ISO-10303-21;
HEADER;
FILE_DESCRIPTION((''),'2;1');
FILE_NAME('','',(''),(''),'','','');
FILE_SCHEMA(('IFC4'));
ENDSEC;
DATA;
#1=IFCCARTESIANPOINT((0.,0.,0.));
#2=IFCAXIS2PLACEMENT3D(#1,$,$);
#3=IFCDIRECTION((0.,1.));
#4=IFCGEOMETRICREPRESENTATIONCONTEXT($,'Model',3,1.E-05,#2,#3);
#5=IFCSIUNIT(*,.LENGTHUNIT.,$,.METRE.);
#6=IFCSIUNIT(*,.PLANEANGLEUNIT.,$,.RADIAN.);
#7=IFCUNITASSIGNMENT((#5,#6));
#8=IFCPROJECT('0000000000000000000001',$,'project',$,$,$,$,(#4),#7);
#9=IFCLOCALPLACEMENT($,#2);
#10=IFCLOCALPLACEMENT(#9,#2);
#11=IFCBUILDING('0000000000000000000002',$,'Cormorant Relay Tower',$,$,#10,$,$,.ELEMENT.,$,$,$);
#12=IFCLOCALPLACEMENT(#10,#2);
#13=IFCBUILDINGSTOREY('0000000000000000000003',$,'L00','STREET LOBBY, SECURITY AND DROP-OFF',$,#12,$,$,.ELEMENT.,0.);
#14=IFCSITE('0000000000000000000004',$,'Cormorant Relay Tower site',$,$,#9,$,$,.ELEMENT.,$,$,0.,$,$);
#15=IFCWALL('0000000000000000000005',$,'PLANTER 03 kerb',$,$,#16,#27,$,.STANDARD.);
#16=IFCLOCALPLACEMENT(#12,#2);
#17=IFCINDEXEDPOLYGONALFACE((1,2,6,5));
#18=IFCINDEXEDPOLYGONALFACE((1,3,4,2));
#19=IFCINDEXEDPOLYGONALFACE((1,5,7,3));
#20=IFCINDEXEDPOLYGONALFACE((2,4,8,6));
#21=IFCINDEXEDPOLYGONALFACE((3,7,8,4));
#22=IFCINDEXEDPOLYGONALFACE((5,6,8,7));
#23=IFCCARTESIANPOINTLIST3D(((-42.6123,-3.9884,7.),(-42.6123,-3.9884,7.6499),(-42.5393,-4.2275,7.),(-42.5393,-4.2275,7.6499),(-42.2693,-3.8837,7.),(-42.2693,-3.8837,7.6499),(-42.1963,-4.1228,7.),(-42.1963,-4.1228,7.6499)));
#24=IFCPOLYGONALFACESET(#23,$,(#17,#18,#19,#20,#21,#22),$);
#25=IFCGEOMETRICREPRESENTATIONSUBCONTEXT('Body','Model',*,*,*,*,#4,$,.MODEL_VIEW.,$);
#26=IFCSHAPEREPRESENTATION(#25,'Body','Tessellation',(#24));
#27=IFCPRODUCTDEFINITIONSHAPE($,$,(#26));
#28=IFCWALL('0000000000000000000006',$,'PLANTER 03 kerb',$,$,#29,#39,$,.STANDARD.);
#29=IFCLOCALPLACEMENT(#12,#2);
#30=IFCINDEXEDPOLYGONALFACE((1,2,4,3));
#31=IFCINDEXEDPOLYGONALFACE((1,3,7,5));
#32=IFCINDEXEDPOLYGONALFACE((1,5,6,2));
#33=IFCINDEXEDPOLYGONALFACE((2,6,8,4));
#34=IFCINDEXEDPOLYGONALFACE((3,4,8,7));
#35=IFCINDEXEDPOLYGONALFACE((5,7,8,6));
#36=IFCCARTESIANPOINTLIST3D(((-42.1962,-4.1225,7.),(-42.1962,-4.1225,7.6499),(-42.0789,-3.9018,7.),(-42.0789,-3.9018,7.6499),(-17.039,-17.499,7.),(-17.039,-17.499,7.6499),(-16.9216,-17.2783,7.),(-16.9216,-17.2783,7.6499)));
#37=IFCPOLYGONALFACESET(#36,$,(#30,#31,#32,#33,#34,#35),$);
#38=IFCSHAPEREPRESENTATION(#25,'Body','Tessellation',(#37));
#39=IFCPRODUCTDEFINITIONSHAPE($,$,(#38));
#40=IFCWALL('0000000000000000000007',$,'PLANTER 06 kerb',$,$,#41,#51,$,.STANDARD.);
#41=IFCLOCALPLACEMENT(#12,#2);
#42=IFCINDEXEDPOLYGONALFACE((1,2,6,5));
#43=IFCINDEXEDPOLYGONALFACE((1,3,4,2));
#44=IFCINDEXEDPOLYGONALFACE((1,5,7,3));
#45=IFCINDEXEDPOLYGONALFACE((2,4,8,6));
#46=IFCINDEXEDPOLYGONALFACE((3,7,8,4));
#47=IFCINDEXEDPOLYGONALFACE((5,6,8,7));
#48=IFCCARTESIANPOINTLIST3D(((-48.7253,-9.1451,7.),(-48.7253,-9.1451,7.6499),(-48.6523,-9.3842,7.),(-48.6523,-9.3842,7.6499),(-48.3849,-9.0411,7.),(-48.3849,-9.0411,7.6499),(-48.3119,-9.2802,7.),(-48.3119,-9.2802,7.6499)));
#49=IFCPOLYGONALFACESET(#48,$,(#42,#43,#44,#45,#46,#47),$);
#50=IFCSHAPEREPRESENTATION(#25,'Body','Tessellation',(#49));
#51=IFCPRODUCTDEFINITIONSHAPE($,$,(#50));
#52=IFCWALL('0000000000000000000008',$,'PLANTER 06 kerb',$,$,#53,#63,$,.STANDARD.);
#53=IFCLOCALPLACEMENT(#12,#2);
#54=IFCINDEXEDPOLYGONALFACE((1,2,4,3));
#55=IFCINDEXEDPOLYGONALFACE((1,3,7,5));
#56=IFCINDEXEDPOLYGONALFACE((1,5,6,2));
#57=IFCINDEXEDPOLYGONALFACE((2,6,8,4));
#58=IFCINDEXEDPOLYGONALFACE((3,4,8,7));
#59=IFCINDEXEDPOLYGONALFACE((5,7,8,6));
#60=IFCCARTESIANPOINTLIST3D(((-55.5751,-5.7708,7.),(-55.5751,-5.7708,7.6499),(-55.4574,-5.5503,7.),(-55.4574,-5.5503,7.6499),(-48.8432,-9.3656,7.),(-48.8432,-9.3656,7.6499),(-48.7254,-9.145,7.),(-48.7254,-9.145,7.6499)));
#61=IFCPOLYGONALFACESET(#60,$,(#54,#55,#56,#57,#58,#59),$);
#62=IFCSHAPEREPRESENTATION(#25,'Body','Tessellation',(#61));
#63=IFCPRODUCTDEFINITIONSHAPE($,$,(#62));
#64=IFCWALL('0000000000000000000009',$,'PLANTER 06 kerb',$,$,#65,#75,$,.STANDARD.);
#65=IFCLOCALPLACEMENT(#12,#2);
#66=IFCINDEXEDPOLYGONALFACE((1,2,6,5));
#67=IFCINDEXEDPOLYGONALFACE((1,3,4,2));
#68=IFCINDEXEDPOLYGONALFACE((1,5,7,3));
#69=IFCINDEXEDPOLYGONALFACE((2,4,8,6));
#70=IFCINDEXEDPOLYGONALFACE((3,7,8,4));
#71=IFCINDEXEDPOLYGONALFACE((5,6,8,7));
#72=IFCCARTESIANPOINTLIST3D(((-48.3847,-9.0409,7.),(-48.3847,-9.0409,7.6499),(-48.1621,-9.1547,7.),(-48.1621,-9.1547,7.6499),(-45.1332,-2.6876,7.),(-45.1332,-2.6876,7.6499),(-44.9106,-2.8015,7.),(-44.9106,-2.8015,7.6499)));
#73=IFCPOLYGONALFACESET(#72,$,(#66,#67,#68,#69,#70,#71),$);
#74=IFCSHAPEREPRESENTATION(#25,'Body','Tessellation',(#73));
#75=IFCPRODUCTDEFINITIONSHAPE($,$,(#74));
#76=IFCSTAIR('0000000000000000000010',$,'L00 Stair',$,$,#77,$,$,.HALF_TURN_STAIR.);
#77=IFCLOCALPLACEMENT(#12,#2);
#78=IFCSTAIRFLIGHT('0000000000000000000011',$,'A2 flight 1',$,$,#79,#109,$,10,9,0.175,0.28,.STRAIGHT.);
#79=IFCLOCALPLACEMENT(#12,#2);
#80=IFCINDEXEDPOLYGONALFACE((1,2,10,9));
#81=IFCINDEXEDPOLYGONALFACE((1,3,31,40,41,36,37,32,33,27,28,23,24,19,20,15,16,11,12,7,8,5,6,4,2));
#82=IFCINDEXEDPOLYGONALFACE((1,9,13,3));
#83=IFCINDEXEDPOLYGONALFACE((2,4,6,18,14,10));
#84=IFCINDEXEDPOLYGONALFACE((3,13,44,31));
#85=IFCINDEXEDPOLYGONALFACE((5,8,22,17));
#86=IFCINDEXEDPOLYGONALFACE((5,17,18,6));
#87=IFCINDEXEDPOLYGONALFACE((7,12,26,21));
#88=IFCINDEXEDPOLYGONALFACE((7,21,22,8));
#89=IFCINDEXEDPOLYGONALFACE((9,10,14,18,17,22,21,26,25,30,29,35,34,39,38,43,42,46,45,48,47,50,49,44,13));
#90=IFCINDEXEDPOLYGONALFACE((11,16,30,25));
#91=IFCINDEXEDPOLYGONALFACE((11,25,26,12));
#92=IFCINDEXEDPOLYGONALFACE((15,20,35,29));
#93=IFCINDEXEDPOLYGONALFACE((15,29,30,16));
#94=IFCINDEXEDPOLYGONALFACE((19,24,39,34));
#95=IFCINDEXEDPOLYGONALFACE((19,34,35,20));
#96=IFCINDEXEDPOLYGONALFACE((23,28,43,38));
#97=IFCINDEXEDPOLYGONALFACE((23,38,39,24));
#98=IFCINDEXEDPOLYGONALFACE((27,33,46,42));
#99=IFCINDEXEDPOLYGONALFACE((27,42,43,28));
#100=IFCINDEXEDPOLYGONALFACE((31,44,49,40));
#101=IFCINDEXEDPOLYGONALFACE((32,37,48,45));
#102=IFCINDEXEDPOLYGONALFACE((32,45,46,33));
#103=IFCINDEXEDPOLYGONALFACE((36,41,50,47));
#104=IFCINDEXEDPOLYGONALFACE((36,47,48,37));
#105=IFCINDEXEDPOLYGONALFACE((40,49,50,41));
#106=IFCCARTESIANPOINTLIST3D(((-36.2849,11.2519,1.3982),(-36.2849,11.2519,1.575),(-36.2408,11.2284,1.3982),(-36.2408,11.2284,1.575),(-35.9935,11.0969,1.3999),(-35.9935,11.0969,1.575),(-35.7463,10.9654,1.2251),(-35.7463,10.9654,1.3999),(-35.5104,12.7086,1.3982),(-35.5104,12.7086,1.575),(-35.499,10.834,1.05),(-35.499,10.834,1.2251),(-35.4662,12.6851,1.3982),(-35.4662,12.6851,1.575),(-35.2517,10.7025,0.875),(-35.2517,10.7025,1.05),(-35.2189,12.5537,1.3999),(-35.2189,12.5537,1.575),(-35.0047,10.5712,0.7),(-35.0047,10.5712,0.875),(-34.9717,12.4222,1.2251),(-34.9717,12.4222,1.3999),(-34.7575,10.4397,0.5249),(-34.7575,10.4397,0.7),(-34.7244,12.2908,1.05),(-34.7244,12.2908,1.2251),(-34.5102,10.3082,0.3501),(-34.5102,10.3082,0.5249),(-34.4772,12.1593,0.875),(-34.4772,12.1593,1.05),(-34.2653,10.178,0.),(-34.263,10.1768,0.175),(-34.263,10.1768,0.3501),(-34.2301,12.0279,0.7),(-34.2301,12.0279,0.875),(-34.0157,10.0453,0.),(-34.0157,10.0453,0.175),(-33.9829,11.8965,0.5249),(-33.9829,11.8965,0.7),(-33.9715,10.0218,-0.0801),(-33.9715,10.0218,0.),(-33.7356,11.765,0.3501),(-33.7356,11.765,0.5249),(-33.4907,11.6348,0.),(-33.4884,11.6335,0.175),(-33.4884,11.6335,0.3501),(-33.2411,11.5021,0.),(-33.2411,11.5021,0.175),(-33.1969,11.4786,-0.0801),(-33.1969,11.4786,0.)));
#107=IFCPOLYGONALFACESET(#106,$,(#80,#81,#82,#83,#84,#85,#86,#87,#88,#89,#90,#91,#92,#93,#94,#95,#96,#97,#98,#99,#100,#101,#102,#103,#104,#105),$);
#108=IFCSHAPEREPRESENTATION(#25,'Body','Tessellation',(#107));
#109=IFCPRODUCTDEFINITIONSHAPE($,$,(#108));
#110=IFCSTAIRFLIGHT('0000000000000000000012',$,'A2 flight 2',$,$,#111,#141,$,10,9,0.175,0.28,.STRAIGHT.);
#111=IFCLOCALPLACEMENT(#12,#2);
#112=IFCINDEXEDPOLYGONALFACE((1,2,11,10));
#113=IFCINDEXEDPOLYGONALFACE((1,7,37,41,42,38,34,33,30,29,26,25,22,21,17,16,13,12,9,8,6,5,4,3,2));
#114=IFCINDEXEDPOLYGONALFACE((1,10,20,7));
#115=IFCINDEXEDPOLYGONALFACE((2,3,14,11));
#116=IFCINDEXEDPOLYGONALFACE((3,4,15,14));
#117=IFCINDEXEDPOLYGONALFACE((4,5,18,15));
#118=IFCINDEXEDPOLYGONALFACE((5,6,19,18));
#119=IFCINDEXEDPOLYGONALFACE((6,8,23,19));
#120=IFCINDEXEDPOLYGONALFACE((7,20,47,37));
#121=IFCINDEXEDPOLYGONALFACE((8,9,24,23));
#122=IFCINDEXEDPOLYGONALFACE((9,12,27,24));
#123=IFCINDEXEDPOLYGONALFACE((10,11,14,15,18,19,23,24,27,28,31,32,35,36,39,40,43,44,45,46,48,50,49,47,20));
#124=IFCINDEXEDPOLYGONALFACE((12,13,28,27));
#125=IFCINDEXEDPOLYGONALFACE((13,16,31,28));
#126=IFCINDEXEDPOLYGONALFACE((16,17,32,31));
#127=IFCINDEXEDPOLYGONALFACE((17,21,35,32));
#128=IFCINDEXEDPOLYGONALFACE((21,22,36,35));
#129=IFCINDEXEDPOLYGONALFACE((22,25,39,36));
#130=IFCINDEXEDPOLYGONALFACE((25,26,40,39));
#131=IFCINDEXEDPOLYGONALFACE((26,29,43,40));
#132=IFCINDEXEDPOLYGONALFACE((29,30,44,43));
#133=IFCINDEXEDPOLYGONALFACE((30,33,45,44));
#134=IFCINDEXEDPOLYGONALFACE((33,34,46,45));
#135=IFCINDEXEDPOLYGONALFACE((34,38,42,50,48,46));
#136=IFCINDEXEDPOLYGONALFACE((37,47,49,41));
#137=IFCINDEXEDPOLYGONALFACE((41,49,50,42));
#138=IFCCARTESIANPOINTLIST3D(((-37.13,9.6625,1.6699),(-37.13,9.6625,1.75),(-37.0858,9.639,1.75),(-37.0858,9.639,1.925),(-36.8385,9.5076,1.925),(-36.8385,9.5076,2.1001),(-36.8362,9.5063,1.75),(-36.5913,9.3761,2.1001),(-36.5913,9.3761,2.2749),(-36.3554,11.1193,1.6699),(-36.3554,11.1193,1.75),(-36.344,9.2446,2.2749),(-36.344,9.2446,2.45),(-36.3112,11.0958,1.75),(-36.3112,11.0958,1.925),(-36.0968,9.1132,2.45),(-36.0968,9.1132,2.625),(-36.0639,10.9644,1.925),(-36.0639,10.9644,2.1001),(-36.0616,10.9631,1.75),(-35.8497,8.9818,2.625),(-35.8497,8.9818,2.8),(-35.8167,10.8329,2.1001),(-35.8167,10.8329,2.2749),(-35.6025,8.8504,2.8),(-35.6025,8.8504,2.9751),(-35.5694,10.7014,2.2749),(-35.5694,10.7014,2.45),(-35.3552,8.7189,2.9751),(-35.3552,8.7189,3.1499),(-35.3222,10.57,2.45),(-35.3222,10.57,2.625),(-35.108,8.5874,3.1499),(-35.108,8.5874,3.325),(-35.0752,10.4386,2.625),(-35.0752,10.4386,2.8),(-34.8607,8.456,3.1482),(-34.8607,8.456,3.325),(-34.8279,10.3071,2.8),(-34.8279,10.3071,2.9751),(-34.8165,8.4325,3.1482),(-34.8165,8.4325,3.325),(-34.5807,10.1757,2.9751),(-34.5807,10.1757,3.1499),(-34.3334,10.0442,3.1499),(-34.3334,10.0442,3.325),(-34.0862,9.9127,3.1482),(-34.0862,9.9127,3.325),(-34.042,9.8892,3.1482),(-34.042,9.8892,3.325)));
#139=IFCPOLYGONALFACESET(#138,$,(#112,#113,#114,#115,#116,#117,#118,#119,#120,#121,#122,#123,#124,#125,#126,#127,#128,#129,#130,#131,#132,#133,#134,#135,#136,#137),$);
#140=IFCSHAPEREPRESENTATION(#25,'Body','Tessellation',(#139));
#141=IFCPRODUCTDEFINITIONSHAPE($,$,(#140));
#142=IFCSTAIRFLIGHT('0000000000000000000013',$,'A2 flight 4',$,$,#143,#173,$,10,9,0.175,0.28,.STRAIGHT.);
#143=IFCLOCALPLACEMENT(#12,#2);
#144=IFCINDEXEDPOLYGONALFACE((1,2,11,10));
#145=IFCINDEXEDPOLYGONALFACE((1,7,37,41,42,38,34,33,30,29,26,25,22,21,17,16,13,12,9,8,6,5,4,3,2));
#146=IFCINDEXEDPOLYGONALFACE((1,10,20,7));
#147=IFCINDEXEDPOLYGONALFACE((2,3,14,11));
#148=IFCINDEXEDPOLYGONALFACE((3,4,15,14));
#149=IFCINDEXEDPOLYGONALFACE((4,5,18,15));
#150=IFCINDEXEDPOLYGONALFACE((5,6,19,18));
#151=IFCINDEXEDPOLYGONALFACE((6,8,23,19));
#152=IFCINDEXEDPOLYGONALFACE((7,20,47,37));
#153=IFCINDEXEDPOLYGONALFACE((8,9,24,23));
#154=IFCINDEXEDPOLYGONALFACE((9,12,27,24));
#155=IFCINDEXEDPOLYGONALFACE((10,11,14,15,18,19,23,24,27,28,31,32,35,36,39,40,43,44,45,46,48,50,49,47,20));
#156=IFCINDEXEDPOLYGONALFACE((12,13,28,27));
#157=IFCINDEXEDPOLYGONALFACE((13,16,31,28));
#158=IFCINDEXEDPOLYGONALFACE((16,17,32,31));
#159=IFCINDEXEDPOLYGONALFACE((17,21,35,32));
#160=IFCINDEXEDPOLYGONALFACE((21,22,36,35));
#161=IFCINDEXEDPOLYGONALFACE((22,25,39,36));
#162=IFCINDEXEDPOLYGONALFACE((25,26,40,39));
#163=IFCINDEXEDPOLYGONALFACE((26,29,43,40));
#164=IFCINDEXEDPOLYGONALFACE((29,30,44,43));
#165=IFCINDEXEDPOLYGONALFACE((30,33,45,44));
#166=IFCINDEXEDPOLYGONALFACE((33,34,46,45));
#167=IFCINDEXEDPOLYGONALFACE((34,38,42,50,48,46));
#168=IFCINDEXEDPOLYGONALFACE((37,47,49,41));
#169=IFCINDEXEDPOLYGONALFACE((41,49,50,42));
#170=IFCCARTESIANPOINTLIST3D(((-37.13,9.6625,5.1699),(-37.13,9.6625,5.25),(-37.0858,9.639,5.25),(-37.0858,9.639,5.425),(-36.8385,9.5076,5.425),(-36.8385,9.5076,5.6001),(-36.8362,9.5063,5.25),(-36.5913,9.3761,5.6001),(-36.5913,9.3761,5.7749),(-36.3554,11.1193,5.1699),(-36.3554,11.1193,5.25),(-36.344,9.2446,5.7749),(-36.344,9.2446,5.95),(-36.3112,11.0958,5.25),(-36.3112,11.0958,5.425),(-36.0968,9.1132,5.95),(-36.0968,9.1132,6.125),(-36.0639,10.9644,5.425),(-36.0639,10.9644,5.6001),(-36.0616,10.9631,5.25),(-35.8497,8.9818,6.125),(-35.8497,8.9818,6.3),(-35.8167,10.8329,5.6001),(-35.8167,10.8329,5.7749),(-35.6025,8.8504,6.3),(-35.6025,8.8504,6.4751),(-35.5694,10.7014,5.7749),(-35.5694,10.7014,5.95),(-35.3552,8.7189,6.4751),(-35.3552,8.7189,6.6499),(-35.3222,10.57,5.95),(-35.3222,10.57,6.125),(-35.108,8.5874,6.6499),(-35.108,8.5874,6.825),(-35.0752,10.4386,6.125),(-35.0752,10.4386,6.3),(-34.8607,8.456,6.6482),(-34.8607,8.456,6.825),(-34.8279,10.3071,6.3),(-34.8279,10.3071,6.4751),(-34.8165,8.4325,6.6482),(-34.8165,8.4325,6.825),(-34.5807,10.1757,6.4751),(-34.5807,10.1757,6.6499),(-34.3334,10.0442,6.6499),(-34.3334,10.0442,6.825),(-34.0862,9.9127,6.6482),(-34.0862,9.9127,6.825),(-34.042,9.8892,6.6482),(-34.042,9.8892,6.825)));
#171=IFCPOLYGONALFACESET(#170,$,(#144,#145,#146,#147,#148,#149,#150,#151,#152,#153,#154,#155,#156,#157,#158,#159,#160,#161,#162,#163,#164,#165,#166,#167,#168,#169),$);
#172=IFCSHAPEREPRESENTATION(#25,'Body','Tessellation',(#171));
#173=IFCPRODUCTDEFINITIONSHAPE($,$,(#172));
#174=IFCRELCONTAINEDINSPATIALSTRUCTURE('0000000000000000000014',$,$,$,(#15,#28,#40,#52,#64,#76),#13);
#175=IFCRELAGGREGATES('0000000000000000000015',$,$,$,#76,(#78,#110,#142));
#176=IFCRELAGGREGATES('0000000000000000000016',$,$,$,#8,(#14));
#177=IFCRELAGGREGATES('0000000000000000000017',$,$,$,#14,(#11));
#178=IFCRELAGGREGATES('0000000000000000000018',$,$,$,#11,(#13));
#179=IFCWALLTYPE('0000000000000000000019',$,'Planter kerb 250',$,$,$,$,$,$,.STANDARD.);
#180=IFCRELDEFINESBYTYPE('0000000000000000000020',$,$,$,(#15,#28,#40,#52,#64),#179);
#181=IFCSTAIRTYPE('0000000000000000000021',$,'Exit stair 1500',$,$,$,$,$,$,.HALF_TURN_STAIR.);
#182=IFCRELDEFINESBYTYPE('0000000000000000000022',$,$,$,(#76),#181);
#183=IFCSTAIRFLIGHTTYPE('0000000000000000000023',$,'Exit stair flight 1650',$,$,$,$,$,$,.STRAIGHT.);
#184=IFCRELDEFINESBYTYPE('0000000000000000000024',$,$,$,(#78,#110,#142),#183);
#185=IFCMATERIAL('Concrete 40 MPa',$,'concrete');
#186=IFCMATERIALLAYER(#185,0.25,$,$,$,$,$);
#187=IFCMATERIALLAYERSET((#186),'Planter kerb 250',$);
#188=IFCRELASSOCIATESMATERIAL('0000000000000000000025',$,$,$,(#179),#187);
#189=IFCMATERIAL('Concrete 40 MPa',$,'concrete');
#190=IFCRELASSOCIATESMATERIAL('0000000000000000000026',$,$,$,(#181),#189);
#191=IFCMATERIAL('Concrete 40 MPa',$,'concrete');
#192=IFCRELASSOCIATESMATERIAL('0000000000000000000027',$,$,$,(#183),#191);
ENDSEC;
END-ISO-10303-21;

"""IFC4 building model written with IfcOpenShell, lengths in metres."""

from ifc_helpers import new_model, si_unit, direction, frame, frame_2d, origin, place, context, subcontext, project, spatial, polyline, rectangle, outline, extrude, material, layer, layer_set, type_object, element, aggregate, save


model = new_model("IFC4")

# Units and contexts
model_context = context("Model", 3, precision=1e-05, world=origin(), true_north=direction((0.0, 1.0)))
body_context = subcontext(model_context, "Body", "Model", "MODEL_VIEW")
ifc_project = project(units=[si_unit("LENGTHUNIT", "METRE"), si_unit("PLANEANGLEUNIT", "RADIAN")], contexts=[model_context])

# Site, building, storey
site_placement = place(None, origin())
site = spatial("IfcSite", under=ifc_project, at=site_placement, Name="Cormorant Relay Tower site", CompositionType="ELEMENT", RefElevation=0.0)
building_placement = place(site_placement, origin())
building = spatial("IfcBuilding", under=site, at=building_placement, Name="Cormorant Relay Tower", CompositionType="ELEMENT")
storey_placement = place(building_placement, origin())
storey = spatial("IfcBuildingStorey", under=building, at=storey_placement, Name="L00", Description="STREET LOBBY, SECURITY AND DROP-OFF", CompositionType="ELEMENT", Elevation=0.0)

# Walls
ifc_material_1 = material(Name="Concrete 40 MPa", Category="concrete")
ifc_layer_1 = layer(ifc_material_1, 0.25)
ifc_layer_set_1 = layer_set([ifc_layer_1], Name="Planter kerb 250")
wall_type_1 = type_object("IfcWallType", Name="Planter kerb 250", PredefinedType="STANDARD", material=ifc_layer_set_1)
wall_1_placement = place(storey_placement, frame((-42.5757, -4.1079, 7.0), z_axis=(0.0, 0.0, 1.0), x_axis=(0.95641, 0.292028, 0.0)))
element("IfcWall", 1, at=wall_1_placement, inside=storey, type_object=wall_type_1, Name="PLANTER 03 kerb", PredefinedType="STANDARD", context=body_context, shape_type="SweptSolid", body=[
    extrude(rectangle(XDim=0.3586, YDim=0.25, at=frame_2d((0.1792, 0.0))), origin(), (0.0, 0.0, 1.0), 0.6499),
])
wall_2_placement = place(storey_placement, frame((-42.1375, -4.0122, 7.0), z_axis=(0.0, 0.0, 1.0), x_axis=(0.882946, -0.469475, 0.0)))
element("IfcWall", 2, at=wall_2_placement, inside=storey, type_object=wall_type_1, Name="PLANTER 03 kerb", PredefinedType="STANDARD", context=body_context, shape_type="SweptSolid", body=[
    extrude(rectangle(XDim=28.4924, YDim=0.25, at=frame_2d((14.2461, 0.0))), origin(), (0.0, 0.0, 1.0), 0.6499),
])
wall_3_placement = place(storey_placement, frame((-48.3484, -9.1606, 7.0), z_axis=(0.0, 0.0, 1.0), x_axis=(-0.956341, -0.292253, 0.0)))
element("IfcWall", 3, at=wall_3_placement, inside=storey, type_object=wall_type_1, Name="PLANTER 06 kerb", PredefinedType="STANDARD", context=body_context, shape_type="SweptSolid", body=[
    extrude(rectangle(XDim=0.356, YDim=0.25, at=frame_2d((0.178, 0.0))), origin(), (0.0, 0.0, 1.0), 0.6499),
])
wall_4_placement = place(storey_placement, frame((-48.7842, -9.2554, 7.0), z_axis=(0.0, 0.0, 1.0), x_axis=(-0.882115, 0.471033, 0.0)))
element("IfcWall", 4, at=wall_4_placement, inside=storey, type_object=wall_type_1, Name="PLANTER 06 kerb", PredefinedType="STANDARD", context=body_context, shape_type="SweptSolid", body=[
    extrude(rectangle(XDim=7.6316, YDim=0.25, at=frame_2d((3.8159, 0.0))), origin(), (0.0, 0.0, 1.0), 0.6499),
])
wall_5_placement = place(storey_placement, frame((-45.022, -2.7446, 7.0), z_axis=(0.0, 0.0, 1.0), x_axis=(-0.455582, -0.890194, 0.0)))
element("IfcWall", 5, at=wall_5_placement, inside=storey, type_object=wall_type_1, Name="PLANTER 06 kerb", PredefinedType="STANDARD", context=body_context, shape_type="SweptSolid", body=[
    extrude(rectangle(XDim=7.137, YDim=0.25, at=frame_2d((3.5684, 0.0))), origin(), (0.0, 0.0, 1.0), 0.6499),
])

# Stair, stair flights
ifc_material_2 = material(Name="Concrete 40 MPa", Category="concrete")
stair_type = type_object("IfcStairType", Name="Exit stair 1500", PredefinedType="HALF_TURN_STAIR", material=ifc_material_2)
stair_placement = place(storey_placement, origin())
stair = element("IfcStair", 6, at=stair_placement, inside=storey, type_object=stair_type, Name="L00 Stair", PredefinedType="HALF_TURN_STAIR")
ifc_material_3 = material(Name="Concrete 40 MPa", Category="concrete")
stair_flight_type = type_object("IfcStairFlightType", Name="Exit stair flight 1650", PredefinedType="STRAIGHT", material=ifc_material_3)
stair_flight_1_placement = place(storey_placement, frame((-33.6284, 10.7737, 0.0), z_axis=(0.0, 0.0, 1.0), x_axis=(-0.882948, 0.469472, 0.0)))
stair_flight_1 = element("IfcStairFlight", 7, at=stair_flight_1_placement, type_object=stair_flight_type, Name="A2 flight 1", NumberOfRisers=10, NumberOfTreads=9, PredefinedType="STRAIGHT", RiserHeight=0.175, TreadLength=0.28, context=body_context, shape_type="SweptSolid", body=[
    extrude(outline(polyline([(-0.05, -0.0801), (-0.05, 0.0), (0.0, 0.0), (0.0, 0.175), (0.28, 0.175), (0.28, 0.3501), (0.5601, 0.3501), (0.5601, 0.5249), (0.8401, 0.5249), (0.8401, 0.7), (1.1201, 0.7), (1.1201, 0.875), (1.3999, 0.875), (1.3999, 1.05), (1.6799, 1.05), (1.6799, 1.2251), (1.96, 1.2251), (1.96, 1.3999), (2.24, 1.3999), (2.24, 1.575), (2.52, 1.575), (2.5701, 1.575), (2.5701, 1.3982), (2.52, 1.3982), (0.2827, 0.0), (-0.05, -0.0801)])), frame((0.0, 0.825, 0.0), z_axis=(0.0, -1.0, 0.0), x_axis=(1.0, 0.0, 0.0)), (0.0, 0.0, 1.0), 1.6499),
])
stair_flight_2_placement = place(storey_placement, frame((-36.6985, 10.3674, 1.75), z_axis=(0.0, 0.0, 1.0), x_axis=(0.882948, -0.469472, 0.0)))
stair_flight_2 = element("IfcStairFlight", 8, at=stair_flight_2_placement, type_object=stair_flight_type, Name="A2 flight 2", NumberOfRisers=10, NumberOfTreads=9, PredefinedType="STRAIGHT", RiserHeight=0.175, TreadLength=0.28, context=body_context, shape_type="SweptSolid", body=[
    extrude(outline(polyline([(-0.05, -0.0801), (-0.05, 0.0), (0.0, 0.0), (0.0, 0.175), (0.28, 0.175), (0.28, 0.3501), (0.5601, 0.3501), (0.5601, 0.5249), (0.8401, 0.5249), (0.8401, 0.7), (1.1201, 0.7), (1.1201, 0.875), (1.3999, 0.875), (1.3999, 1.05), (1.6799, 1.05), (1.6799, 1.2251), (1.96, 1.2251), (1.96, 1.3999), (2.24, 1.3999), (2.24, 1.575), (2.52, 1.575), (2.5701, 1.575), (2.5701, 1.3982), (2.52, 1.3982), (0.2827, 0.0), (-0.05, -0.0801)])), frame((0.0, 0.825, 0.0), z_axis=(0.0, -1.0, 0.0), x_axis=(1.0, 0.0, 0.0)), (0.0, 0.0, 1.0), 1.6499),
])
stair_flight_3_placement = place(storey_placement, frame((-36.6985, 10.3674, 5.25), z_axis=(0.0, 0.0, 1.0), x_axis=(0.882948, -0.469472, 0.0)))
stair_flight_3 = element("IfcStairFlight", 9, at=stair_flight_3_placement, type_object=stair_flight_type, Name="A2 flight 4", NumberOfRisers=10, NumberOfTreads=9, PredefinedType="STRAIGHT", RiserHeight=0.175, TreadLength=0.28, context=body_context, shape_type="SweptSolid", body=[
    extrude(outline(polyline([(-0.05, -0.0801), (-0.05, 0.0), (0.0, 0.0), (0.0, 0.175), (0.28, 0.175), (0.28, 0.3501), (0.5601, 0.3501), (0.5601, 0.5249), (0.8401, 0.5249), (0.8401, 0.7), (1.1201, 0.7), (1.1201, 0.875), (1.3999, 0.875), (1.3999, 1.05), (1.6799, 1.05), (1.6799, 1.2251), (1.96, 1.2251), (1.96, 1.3999), (2.24, 1.3999), (2.24, 1.575), (2.52, 1.575), (2.5701, 1.575), (2.5701, 1.3982), (2.52, 1.3982), (0.2827, 0.0), (-0.05, -0.0801)])), frame((0.0, 0.825, 0.0), z_axis=(0.0, -1.0, 0.0), x_axis=(1.0, 0.0, 0.0)), (0.0, 0.0, 1.0), 1.6499),
])
aggregate(stair, [stair_flight_1, stair_flight_2, stair_flight_3])

save(model, "model.ifc")
